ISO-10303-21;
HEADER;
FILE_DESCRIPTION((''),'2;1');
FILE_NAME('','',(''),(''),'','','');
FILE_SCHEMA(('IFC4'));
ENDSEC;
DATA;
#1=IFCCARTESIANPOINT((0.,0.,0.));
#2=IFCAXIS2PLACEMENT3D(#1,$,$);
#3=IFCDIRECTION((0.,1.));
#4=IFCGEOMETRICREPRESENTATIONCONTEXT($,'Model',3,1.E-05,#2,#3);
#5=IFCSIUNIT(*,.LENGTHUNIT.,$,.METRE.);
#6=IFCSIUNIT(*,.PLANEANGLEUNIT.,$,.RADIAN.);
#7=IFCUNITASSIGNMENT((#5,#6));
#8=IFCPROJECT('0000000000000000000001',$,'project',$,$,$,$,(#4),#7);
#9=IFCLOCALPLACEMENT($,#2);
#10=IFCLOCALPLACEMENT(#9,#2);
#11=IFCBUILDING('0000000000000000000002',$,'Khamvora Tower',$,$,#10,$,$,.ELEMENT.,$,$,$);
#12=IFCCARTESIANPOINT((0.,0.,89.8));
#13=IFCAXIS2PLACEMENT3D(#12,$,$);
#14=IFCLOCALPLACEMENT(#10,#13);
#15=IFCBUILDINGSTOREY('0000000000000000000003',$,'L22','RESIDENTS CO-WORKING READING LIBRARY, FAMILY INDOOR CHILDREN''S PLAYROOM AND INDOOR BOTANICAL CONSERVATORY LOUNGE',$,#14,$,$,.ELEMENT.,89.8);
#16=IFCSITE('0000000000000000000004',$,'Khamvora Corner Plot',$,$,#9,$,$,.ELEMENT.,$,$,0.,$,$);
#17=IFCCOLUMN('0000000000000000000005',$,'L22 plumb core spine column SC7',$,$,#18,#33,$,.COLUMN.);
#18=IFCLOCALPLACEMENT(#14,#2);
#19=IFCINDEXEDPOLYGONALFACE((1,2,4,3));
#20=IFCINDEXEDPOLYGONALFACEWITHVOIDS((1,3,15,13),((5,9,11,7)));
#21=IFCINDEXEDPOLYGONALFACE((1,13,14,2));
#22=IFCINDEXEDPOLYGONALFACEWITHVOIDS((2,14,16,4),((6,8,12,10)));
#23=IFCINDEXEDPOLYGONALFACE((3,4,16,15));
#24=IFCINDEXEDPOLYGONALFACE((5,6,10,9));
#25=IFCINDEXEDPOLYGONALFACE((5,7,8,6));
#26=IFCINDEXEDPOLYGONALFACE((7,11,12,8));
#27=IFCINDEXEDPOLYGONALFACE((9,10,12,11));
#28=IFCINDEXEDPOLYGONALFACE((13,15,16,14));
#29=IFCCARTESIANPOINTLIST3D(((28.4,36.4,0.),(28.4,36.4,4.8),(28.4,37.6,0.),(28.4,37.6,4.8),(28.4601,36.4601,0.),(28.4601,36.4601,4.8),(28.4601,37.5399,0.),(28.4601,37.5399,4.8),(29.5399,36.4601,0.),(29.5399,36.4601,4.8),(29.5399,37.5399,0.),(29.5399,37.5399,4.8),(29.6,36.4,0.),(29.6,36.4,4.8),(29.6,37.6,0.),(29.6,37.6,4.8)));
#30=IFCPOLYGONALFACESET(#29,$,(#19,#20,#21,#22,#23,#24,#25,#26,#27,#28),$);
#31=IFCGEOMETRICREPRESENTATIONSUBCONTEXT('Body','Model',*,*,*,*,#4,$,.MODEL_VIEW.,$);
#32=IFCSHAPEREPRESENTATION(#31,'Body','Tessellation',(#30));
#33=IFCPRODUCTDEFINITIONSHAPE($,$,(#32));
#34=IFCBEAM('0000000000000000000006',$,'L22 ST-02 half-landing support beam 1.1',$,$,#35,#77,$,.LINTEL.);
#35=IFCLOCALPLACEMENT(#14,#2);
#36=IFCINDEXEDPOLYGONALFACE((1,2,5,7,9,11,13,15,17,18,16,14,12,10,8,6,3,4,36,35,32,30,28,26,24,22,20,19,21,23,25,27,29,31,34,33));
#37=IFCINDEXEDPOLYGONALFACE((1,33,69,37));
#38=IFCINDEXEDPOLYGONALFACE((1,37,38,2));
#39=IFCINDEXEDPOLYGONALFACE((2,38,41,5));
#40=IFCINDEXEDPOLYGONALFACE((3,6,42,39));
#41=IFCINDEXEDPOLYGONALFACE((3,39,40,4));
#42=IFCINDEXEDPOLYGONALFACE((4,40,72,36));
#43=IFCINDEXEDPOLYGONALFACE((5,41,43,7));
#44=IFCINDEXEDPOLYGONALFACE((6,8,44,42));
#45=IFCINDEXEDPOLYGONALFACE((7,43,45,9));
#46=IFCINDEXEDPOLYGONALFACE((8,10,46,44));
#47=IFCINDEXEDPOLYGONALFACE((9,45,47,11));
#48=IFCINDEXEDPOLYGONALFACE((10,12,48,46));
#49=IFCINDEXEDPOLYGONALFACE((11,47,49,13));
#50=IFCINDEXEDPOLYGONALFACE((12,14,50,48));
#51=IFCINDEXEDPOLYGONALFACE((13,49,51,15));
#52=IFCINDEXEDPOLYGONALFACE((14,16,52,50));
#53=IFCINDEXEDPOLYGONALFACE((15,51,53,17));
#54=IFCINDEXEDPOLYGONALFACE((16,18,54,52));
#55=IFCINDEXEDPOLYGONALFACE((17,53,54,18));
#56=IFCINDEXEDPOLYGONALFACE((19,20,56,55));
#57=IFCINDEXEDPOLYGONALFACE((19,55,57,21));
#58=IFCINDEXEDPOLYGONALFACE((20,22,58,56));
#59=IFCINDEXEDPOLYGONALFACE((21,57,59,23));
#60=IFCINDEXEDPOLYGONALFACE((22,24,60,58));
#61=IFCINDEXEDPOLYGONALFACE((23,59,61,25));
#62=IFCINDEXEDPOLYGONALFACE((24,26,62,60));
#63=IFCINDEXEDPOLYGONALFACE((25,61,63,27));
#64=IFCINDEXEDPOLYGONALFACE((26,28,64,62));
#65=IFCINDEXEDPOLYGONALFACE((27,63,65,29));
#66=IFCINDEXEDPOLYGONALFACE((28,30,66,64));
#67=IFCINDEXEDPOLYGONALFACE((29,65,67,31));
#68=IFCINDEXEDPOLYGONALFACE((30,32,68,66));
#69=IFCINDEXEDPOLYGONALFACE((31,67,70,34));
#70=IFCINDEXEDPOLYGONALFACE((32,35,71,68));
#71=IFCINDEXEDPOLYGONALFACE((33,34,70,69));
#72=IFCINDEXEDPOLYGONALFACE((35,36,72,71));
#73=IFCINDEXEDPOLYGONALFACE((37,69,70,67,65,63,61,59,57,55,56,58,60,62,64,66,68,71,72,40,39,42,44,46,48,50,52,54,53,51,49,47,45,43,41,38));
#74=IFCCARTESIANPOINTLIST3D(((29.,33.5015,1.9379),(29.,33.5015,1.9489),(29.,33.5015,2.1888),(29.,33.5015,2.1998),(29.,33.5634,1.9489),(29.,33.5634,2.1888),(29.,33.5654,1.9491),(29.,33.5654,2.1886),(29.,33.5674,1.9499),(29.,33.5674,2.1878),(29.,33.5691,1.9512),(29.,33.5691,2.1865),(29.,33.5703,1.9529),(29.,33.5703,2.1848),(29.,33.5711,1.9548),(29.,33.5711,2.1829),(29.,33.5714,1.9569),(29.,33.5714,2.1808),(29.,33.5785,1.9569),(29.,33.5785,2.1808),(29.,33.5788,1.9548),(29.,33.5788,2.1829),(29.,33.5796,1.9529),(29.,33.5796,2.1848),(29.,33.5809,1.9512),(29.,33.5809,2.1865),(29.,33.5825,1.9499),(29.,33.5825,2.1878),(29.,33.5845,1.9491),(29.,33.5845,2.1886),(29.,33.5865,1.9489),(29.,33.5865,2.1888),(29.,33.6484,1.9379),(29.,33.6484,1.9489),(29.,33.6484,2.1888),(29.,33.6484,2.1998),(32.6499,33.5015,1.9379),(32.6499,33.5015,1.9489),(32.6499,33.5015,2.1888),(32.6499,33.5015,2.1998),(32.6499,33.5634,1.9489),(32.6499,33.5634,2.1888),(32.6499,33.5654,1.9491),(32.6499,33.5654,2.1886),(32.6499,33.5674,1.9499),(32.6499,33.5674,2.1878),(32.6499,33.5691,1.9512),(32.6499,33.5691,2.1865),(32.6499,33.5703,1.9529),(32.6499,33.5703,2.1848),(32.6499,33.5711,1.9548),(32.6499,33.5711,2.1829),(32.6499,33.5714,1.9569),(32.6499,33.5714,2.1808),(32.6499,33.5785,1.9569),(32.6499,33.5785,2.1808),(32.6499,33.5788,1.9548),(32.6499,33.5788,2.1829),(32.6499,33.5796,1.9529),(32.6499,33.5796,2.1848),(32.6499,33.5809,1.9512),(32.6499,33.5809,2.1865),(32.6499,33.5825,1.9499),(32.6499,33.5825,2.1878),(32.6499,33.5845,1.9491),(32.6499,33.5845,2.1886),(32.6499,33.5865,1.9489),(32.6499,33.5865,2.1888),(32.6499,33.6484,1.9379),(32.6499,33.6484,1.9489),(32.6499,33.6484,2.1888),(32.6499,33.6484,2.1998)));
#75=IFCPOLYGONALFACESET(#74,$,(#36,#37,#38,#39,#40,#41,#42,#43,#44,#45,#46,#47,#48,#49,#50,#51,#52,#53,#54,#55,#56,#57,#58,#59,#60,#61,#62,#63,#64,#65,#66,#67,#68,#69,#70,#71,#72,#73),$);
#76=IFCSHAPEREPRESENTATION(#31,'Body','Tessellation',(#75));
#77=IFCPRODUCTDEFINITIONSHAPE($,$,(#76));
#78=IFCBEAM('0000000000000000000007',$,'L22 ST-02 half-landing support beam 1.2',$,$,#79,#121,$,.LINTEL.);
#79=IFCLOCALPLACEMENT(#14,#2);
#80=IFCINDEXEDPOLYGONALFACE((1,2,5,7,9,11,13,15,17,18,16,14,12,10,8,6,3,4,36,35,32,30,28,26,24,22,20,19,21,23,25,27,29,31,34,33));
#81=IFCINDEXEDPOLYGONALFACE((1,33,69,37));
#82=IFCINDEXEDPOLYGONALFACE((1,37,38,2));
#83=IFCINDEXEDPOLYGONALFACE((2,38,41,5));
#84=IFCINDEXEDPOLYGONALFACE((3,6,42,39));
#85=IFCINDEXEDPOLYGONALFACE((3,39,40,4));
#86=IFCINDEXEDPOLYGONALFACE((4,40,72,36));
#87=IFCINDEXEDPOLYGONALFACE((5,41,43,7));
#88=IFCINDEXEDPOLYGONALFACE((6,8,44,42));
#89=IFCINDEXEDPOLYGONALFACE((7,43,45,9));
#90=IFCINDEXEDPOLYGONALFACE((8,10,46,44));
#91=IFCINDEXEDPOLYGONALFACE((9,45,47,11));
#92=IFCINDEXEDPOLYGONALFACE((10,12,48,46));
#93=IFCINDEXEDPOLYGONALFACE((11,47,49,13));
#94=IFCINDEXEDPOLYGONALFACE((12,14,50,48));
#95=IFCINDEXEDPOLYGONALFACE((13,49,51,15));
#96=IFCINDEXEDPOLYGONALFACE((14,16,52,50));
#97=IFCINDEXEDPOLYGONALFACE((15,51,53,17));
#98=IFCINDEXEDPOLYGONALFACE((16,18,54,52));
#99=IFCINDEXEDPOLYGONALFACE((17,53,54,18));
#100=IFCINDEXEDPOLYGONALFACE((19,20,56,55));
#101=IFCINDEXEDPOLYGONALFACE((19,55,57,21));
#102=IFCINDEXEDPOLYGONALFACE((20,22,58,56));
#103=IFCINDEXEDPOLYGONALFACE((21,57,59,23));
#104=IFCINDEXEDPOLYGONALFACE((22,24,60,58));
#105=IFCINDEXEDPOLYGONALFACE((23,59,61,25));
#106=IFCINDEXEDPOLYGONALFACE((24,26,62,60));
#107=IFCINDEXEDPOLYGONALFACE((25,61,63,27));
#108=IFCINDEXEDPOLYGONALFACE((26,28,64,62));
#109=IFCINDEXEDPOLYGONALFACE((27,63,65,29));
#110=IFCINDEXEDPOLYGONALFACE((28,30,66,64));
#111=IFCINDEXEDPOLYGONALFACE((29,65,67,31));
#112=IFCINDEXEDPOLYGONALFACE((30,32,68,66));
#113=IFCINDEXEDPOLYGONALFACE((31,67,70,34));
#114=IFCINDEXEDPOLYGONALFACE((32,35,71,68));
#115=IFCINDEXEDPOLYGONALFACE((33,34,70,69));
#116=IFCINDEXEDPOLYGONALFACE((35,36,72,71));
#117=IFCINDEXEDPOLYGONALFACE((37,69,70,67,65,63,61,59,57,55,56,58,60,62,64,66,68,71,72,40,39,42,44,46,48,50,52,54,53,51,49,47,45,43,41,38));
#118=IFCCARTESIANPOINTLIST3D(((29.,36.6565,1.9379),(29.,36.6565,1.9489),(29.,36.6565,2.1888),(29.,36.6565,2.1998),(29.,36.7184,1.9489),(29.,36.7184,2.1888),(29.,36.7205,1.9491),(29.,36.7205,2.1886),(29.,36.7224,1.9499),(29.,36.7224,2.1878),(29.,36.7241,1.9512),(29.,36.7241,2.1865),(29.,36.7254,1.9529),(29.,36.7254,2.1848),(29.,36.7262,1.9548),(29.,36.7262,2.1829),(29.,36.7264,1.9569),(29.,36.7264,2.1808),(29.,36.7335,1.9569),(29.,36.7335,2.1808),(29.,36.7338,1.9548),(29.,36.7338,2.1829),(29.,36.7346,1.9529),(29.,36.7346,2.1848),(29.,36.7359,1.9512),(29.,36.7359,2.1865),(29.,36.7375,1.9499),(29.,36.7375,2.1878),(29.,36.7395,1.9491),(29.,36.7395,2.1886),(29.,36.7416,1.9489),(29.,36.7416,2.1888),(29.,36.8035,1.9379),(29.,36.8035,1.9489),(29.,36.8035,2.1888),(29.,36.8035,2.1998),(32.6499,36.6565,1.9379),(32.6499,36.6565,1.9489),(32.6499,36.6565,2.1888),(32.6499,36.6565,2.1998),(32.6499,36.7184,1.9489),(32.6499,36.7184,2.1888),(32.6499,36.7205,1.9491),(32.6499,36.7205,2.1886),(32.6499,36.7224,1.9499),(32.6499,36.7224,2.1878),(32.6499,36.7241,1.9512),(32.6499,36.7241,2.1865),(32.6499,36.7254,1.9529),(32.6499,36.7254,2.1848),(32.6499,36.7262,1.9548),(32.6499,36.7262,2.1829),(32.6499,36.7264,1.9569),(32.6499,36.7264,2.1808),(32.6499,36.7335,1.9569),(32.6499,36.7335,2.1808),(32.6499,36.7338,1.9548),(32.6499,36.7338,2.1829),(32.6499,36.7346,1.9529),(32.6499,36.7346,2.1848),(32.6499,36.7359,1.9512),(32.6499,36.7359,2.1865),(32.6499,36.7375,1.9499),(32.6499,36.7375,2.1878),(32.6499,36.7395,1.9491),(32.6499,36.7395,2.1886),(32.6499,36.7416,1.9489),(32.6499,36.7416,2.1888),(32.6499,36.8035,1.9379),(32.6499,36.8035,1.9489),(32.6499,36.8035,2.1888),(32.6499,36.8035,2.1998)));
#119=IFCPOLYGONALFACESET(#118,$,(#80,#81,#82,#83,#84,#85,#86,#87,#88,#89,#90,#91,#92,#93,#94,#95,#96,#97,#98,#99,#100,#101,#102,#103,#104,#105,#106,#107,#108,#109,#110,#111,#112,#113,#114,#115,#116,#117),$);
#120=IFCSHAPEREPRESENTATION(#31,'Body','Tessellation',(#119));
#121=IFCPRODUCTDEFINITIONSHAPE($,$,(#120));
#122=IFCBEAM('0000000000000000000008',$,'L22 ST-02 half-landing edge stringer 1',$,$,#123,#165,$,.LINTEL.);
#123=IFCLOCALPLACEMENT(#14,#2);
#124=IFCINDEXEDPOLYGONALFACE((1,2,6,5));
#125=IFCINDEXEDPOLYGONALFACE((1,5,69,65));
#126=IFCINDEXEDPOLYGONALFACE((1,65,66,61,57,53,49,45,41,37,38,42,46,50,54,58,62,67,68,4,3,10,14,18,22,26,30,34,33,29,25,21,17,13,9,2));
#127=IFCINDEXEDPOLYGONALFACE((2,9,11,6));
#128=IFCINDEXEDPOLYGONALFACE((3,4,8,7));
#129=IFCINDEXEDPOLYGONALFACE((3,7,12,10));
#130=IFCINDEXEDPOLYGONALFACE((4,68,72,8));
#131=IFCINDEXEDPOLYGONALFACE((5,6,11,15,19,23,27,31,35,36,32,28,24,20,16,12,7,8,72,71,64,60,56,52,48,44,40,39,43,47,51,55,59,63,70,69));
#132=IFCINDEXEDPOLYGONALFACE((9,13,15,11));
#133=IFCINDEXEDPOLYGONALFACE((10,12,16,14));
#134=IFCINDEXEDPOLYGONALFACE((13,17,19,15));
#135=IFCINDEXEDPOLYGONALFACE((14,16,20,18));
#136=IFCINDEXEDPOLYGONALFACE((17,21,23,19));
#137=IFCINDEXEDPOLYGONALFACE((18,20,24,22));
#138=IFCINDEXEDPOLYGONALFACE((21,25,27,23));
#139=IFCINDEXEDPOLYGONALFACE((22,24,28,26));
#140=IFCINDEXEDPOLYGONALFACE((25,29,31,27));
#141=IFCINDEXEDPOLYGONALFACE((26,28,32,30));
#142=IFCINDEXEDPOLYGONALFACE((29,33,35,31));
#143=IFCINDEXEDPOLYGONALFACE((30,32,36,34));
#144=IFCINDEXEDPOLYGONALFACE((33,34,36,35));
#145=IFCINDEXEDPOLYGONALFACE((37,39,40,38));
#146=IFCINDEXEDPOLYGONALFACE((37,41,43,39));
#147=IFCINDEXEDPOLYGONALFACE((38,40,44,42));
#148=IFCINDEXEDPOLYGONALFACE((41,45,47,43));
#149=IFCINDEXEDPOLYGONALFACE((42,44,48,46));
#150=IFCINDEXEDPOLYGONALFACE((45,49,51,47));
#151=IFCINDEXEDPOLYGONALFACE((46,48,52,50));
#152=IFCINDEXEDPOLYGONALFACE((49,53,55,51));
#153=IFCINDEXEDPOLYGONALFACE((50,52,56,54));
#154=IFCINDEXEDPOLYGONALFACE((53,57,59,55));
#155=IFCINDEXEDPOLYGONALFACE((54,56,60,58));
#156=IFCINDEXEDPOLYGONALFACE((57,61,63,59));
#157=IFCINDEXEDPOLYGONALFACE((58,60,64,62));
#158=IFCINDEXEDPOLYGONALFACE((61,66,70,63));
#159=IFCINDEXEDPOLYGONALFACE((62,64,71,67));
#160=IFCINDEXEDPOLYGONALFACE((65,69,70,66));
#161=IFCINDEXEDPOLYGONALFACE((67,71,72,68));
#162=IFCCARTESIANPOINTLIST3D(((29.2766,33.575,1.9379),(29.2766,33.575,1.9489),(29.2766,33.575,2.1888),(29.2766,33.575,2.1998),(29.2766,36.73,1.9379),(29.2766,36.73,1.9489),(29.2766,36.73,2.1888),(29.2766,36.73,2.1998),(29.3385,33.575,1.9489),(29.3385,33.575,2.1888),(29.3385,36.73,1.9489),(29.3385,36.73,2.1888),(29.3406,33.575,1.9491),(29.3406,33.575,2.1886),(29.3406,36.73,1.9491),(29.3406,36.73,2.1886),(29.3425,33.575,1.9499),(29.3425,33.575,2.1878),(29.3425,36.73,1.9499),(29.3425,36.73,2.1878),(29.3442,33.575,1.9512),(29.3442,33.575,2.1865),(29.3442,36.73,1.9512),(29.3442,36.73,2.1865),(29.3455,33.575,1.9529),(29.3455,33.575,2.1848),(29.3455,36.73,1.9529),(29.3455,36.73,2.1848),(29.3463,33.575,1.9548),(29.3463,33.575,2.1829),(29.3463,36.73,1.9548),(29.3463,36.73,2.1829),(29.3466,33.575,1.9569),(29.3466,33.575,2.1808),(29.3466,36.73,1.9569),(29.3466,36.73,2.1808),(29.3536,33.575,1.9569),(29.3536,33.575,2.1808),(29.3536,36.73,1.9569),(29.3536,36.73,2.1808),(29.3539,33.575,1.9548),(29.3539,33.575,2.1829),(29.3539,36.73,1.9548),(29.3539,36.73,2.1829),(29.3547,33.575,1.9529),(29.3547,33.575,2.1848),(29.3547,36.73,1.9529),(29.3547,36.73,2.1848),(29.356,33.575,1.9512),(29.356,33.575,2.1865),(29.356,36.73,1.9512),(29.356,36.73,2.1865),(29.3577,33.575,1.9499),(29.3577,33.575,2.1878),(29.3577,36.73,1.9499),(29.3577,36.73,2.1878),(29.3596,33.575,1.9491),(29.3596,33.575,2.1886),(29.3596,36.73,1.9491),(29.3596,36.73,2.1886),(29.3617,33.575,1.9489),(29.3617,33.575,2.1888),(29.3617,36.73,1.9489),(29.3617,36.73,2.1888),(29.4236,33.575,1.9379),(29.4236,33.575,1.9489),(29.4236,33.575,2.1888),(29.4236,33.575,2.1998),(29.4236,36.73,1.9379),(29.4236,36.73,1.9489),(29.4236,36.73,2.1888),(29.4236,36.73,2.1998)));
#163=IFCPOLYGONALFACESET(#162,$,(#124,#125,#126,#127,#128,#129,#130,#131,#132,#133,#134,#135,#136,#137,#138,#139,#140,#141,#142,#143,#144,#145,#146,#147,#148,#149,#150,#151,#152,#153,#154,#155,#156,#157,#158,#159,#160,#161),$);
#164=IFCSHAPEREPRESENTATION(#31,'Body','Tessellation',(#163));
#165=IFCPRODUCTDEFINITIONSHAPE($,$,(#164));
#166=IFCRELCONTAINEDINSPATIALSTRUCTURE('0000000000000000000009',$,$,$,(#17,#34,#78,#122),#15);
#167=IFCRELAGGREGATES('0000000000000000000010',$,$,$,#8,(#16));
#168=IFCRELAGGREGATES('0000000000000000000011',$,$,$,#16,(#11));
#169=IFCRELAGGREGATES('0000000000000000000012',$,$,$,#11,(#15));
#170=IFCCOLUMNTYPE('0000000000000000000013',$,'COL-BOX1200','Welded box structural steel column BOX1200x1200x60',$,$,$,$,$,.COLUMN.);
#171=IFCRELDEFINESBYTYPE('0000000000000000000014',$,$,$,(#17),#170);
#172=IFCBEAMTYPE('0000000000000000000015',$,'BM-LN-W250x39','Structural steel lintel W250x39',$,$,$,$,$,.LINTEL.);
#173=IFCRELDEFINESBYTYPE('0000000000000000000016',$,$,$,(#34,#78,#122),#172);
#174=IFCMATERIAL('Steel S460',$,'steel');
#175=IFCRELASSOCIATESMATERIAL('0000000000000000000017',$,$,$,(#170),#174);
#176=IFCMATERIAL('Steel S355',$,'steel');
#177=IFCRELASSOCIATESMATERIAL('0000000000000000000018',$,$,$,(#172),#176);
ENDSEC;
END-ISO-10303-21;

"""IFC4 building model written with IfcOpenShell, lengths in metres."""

from ifc_helpers import new_model, si_unit, direction, frame, origin, origin_2d, place, context, subcontext, project, spatial, hollow_rectangle, i_section, extrude, material, material_profile, profile_set, type_object, element, save


model = new_model("IFC4")

# Units and contexts
model_context = context("Model", 3, precision=1e-05, world=origin(), true_north=direction((0.0, 1.0)))
body_context = subcontext(model_context, "Body", "Model", "MODEL_VIEW")
ifc_project = project(units=[si_unit("LENGTHUNIT", "METRE"), si_unit("PLANEANGLEUNIT", "RADIAN")], contexts=[model_context])

# Site, building, storey
site_placement = place(None, origin())
site = spatial("IfcSite", under=ifc_project, at=site_placement, Name="Khamvora Corner Plot", CompositionType="ELEMENT", RefElevation=0.0)
building_placement = place(site_placement, origin())
building = spatial("IfcBuilding", under=site, at=building_placement, Name="Khamvora Tower", CompositionType="ELEMENT")
storey_placement = place(building_placement, frame((0.0, 0.0, 89.8)))
storey = spatial("IfcBuildingStorey", under=building, at=storey_placement, Name="L22", Description="RESIDENTS CO-WORKING READING LIBRARY, FAMILY INDOOR CHILDREN'S PLAYROOM AND INDOOR BOTANICAL CONSERVATORY LOUNGE", CompositionType="ELEMENT", Elevation=89.8)

# Column
ifc_material_1 = material(Name="Steel S460", Category="steel")
ifc_material_profile_1 = material_profile(ifc_material_1, hollow_rectangle(XDim=1.2, YDim=1.2, WallThickness=0.0601, at=origin_2d()), Name="BOX1200x1200x60")
ifc_profile_set_1 = profile_set([ifc_material_profile_1], Name="Steel S460")
column_type = type_object("IfcColumnType", Name="COL-BOX1200", Description="Welded box structural steel column BOX1200x1200x60", PredefinedType="COLUMN", material=ifc_profile_set_1)
column_placement = place(storey_placement, frame((29.0, 37.0, 0.0), z_axis=(0.0, 0.0, 1.0), x_axis=(1.0, 0.0, 0.0)))
element("IfcColumn", 1, at=column_placement, inside=storey, type_object=column_type, Name="L22 plumb core spine column SC7", PredefinedType="COLUMN", context=body_context, shape_type="SweptSolid", body=[
    extrude(hollow_rectangle(XDim=1.2, YDim=1.2, WallThickness=0.0601, at=origin_2d()), origin(), (0.0, 0.0, 1.0), 4.8),
])

# Beams
ifc_material_2 = material(Name="Steel S355", Category="steel")
ifc_material_profile_2 = material_profile(ifc_material_2, i_section(OverallWidth=0.147, OverallDepth=0.262, WebThickness=0.0071, FlangeThickness=0.011, FilletRadius=0.0081, at=origin_2d()), Name="W250x39")
ifc_profile_set_2 = profile_set([ifc_material_profile_2], Name="Steel S355")
beam_type_1 = type_object("IfcBeamType", Name="BM-LN-W250x39", Description="Structural steel lintel W250x39", PredefinedType="LINTEL", material=ifc_profile_set_2)
for number, where, z_axis, x_axis, name in (
    (2, (29.0, 33.575, 2.0688), (1.0, 0.0, 0.0), (0.0, 1.0, 0.0), "L22 ST-02 half-landing support beam 1.1"),
    (3, (29.0, 36.73, 2.0688), (1.0, 0.0, 0.0), (0.0, 1.0, 0.0), "L22 ST-02 half-landing support beam 1.2"),
):
    element("IfcBeam", number, at=place(storey_placement, frame(where, z_axis=z_axis, x_axis=x_axis)), inside=storey, type_object=beam_type_1, Name=name, PredefinedType="LINTEL", context=body_context, shape_type="SweptSolid", body=[
        extrude(i_section(OverallWidth=0.147, OverallDepth=0.262, WebThickness=0.0071, FlangeThickness=0.011, FilletRadius=0.0081, at=origin_2d()), origin(), (0.0, 0.0, 1.0), 3.6499),
    ])
beam_1_placement = place(storey_placement, frame((29.3501, 33.575, 2.0688), z_axis=(0.0, 1.0, 0.0), x_axis=(-1.0, 0.0, 0.0)))
element("IfcBeam", 4, at=beam_1_placement, inside=storey, type_object=beam_type_1, Name="L22 ST-02 half-landing edge stringer 1", PredefinedType="LINTEL", context=body_context, shape_type="SweptSolid", body=[
    extrude(i_section(OverallWidth=0.147, OverallDepth=0.262, WebThickness=0.0071, FlangeThickness=0.011, FilletRadius=0.0081, at=origin_2d()), origin(), (0.0, 0.0, 1.0), 3.155),
])

save(model, "model.ifc")
